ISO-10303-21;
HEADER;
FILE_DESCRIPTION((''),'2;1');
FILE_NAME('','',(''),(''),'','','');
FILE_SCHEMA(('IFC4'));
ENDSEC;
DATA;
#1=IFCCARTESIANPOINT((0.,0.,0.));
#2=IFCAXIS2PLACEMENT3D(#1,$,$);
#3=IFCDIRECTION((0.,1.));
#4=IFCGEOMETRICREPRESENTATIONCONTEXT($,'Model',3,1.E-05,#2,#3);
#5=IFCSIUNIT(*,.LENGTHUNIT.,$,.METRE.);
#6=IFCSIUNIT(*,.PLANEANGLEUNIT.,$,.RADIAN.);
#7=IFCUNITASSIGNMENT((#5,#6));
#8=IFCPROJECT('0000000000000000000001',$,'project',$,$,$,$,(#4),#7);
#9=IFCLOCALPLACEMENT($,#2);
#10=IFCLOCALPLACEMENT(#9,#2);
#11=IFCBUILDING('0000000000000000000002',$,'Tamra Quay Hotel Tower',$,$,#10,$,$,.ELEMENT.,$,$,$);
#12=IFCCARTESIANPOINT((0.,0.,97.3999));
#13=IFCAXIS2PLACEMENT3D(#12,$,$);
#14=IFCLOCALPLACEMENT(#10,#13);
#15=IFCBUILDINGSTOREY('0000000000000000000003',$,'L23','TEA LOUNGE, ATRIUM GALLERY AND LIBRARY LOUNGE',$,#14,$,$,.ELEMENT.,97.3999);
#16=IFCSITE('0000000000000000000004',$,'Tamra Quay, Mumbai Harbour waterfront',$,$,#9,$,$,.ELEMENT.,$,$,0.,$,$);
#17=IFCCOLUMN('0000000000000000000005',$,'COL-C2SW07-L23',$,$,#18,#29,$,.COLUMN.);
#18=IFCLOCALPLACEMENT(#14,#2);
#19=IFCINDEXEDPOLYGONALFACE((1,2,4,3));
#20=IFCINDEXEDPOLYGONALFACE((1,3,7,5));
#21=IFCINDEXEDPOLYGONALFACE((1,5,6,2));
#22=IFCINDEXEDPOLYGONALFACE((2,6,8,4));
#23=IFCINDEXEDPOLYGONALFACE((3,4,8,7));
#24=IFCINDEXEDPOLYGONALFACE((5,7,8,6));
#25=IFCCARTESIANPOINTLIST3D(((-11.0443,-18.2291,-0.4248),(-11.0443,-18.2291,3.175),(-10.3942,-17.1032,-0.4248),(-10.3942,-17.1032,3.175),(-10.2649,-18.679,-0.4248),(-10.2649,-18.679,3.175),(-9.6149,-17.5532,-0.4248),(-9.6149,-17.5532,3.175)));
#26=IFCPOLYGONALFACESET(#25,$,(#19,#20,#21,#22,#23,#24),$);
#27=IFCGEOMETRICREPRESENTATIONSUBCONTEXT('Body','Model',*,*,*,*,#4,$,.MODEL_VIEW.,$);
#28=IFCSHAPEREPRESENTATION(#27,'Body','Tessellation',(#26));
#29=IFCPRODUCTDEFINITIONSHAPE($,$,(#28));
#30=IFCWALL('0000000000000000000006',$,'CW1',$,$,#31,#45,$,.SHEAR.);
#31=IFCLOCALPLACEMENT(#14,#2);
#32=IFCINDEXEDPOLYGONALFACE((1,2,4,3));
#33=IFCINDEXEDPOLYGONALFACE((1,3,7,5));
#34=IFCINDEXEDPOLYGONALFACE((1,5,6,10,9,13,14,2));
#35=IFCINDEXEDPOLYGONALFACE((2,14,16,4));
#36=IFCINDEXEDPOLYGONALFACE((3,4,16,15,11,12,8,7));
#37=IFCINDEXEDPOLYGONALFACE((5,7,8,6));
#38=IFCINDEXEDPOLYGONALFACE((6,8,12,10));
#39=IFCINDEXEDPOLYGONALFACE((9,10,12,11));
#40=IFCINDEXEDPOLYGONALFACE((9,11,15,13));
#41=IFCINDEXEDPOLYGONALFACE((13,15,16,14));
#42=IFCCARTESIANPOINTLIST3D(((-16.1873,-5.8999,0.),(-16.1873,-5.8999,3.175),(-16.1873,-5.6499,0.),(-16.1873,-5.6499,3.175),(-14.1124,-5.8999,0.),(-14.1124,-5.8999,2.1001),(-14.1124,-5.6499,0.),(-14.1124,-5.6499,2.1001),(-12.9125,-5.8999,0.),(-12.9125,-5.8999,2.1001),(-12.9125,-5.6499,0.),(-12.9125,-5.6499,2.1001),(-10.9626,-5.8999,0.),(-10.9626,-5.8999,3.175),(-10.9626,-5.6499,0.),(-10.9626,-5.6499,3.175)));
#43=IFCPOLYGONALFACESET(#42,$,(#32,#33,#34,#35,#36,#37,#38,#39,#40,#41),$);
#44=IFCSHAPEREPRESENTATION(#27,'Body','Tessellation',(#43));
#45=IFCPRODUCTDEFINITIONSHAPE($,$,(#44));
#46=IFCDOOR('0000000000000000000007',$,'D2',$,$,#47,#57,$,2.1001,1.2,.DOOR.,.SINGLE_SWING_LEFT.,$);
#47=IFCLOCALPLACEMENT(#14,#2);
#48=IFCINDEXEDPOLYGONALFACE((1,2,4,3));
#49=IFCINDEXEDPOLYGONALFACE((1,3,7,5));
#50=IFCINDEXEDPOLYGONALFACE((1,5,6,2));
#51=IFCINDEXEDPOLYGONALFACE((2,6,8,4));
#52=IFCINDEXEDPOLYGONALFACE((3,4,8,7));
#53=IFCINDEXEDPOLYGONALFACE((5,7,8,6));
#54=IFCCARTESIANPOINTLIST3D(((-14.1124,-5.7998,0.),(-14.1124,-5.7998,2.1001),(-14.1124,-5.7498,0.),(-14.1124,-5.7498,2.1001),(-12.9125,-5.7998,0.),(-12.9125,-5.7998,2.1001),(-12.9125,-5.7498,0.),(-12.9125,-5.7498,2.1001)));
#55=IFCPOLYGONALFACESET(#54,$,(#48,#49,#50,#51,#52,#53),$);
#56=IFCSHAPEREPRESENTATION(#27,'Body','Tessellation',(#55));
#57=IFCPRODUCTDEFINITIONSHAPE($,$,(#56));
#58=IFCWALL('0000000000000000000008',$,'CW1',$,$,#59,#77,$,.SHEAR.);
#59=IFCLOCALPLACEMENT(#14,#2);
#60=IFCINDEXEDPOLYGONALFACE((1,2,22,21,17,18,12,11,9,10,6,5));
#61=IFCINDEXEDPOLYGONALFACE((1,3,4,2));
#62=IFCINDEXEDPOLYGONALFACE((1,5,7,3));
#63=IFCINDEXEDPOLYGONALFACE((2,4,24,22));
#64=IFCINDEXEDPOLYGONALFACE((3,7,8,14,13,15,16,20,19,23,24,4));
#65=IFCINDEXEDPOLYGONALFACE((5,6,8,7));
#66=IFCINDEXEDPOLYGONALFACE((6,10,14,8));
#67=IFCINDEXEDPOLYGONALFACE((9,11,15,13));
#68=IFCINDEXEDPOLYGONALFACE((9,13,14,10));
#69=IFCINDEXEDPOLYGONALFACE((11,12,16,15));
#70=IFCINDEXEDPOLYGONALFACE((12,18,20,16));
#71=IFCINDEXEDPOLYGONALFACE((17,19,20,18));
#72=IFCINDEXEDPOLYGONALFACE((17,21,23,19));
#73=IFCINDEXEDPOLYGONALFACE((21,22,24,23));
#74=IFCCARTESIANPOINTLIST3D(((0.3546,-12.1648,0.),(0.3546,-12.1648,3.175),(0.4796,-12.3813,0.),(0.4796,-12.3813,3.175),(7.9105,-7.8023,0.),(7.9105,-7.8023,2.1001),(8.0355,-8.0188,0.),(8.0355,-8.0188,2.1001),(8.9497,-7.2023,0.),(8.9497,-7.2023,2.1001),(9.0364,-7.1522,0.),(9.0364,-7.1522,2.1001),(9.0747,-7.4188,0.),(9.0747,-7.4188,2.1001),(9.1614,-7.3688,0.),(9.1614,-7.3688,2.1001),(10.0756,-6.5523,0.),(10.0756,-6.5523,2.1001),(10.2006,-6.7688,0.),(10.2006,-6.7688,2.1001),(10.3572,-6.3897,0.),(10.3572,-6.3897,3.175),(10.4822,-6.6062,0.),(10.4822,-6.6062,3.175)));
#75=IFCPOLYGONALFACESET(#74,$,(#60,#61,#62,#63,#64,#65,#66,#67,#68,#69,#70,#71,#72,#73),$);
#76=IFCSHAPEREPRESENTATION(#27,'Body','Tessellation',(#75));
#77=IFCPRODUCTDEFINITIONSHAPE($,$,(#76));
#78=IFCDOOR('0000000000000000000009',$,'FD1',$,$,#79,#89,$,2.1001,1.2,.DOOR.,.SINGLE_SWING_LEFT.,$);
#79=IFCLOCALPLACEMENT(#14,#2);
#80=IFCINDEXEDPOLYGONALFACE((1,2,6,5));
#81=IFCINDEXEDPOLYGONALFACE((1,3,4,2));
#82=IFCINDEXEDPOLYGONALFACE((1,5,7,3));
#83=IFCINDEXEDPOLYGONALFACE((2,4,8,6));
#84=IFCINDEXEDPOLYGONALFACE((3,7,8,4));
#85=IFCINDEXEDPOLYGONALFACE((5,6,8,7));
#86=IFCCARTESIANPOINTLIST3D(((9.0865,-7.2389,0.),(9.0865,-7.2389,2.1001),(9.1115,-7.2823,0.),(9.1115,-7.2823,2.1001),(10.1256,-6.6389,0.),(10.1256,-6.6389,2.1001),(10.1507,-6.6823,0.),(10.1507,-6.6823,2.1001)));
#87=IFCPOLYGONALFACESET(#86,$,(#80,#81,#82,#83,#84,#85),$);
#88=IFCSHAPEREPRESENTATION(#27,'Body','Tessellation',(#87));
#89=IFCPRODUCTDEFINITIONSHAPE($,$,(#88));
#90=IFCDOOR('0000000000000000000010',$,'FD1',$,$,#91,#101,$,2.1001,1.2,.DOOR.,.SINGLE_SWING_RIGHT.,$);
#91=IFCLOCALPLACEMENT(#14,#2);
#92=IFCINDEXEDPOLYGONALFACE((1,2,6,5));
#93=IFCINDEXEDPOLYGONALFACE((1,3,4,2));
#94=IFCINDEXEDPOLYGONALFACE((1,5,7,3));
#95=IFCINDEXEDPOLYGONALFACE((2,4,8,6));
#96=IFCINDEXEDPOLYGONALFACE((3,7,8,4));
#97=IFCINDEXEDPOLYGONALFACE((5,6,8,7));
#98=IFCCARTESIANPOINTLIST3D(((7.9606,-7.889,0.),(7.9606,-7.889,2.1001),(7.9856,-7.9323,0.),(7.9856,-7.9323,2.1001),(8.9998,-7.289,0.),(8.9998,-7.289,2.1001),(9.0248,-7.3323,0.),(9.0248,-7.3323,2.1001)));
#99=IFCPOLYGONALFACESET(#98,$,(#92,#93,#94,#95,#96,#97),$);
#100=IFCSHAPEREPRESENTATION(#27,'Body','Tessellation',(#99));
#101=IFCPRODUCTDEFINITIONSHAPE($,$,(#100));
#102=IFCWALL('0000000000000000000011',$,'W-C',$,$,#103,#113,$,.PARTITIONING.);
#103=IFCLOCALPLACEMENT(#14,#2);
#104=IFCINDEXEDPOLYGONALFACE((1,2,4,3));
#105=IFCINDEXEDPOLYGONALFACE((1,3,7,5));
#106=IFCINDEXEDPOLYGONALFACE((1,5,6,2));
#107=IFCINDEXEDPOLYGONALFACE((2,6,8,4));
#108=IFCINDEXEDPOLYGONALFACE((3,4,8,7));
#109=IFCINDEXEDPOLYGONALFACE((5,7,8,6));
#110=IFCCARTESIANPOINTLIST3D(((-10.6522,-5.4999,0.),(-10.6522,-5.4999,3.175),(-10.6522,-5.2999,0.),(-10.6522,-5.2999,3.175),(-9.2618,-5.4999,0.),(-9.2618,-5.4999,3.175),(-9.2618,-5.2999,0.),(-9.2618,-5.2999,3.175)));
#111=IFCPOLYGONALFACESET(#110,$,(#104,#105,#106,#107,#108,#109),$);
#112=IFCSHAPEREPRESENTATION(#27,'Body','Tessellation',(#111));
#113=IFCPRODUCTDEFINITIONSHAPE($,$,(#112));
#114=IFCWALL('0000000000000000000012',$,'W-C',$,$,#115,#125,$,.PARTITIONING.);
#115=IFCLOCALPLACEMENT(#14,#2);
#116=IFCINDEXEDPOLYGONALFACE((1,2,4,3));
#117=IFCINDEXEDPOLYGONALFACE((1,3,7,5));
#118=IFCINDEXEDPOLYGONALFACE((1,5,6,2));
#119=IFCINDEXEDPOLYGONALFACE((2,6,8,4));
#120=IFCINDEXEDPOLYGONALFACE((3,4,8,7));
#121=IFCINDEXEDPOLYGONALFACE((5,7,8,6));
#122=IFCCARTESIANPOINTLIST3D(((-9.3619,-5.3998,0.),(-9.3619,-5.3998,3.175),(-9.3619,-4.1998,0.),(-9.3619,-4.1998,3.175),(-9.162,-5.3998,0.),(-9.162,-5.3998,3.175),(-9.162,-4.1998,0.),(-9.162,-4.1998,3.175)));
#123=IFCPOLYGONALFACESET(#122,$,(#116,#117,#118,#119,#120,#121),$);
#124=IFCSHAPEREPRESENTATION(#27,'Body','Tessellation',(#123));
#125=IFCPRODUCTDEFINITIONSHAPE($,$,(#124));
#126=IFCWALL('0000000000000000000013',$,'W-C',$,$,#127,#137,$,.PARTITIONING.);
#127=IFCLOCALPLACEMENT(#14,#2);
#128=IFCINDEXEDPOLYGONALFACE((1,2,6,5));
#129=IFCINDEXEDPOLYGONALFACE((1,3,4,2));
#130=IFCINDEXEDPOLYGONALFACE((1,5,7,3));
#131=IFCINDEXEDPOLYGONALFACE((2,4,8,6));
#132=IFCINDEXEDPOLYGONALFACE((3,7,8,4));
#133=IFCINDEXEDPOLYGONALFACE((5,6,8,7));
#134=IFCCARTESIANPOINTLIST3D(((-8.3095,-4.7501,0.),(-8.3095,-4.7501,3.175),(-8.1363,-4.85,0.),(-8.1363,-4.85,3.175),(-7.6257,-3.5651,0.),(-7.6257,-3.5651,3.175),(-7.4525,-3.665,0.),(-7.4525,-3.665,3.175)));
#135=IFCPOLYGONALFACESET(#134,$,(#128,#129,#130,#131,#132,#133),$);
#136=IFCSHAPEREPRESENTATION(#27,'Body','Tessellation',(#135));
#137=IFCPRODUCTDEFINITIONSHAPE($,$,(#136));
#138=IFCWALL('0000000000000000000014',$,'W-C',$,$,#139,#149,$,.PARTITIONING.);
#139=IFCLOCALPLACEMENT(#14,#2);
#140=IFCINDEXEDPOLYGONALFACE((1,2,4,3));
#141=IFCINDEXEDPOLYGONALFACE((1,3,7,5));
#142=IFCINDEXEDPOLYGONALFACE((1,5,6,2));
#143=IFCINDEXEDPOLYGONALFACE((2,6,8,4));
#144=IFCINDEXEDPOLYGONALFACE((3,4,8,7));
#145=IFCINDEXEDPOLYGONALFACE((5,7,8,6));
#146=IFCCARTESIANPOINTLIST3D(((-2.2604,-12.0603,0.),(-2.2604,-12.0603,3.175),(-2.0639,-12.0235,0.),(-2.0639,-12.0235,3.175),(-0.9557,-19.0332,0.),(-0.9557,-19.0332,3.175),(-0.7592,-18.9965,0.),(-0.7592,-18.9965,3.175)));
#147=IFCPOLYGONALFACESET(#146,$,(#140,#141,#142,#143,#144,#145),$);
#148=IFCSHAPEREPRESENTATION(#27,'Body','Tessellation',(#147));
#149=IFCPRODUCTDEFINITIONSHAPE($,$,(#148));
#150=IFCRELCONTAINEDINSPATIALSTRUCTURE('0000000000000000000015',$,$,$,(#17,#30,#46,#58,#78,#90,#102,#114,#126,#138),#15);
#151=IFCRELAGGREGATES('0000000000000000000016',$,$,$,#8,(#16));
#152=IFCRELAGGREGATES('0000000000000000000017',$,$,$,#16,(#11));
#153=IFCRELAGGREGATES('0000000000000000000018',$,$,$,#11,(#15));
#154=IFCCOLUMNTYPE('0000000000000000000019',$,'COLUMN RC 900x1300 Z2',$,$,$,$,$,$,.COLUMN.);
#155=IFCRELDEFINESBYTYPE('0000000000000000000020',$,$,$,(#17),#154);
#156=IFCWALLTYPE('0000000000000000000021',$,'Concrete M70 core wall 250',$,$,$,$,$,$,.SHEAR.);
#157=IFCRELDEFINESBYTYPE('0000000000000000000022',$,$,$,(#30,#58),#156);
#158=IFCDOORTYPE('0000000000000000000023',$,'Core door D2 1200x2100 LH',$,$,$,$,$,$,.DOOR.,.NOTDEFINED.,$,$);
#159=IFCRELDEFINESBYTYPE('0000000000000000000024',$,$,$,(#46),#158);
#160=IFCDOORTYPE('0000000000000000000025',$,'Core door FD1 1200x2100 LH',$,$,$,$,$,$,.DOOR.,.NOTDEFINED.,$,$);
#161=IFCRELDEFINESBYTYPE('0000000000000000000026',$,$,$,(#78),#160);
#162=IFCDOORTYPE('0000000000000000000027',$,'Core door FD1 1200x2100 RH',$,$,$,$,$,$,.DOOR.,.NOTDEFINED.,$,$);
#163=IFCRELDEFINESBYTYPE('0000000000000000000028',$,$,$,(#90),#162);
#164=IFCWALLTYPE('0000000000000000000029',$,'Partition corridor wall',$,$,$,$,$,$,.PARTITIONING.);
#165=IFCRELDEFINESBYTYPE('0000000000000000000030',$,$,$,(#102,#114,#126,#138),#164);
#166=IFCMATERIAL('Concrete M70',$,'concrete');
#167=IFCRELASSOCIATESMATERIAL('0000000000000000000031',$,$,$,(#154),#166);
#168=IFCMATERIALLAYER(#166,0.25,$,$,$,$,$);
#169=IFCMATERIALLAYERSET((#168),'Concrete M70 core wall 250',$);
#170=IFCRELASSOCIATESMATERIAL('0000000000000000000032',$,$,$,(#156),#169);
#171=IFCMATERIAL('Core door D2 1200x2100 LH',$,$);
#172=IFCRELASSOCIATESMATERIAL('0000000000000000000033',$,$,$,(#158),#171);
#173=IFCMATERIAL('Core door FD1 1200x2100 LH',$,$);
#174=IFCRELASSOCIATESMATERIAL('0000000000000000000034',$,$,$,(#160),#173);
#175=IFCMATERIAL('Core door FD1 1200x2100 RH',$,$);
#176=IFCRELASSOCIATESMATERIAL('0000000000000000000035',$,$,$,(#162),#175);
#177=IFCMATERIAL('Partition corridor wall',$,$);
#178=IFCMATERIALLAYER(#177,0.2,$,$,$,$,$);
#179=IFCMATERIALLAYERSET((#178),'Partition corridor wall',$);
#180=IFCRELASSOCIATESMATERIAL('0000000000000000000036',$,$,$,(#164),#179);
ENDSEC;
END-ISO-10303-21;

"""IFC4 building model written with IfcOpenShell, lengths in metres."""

from ifc_helpers import new_model, si_unit, direction, frame, frame_2d, origin, origin_2d, place, context, subcontext, project, spatial, rectangle, extrude, material, layer, layer_set, material_profile, profile_set, type_object, element, fill, save


model = new_model("IFC4")

# Units and contexts
model_context = context("Model", 3, precision=1e-05, world=origin(), true_north=direction((0.0, 1.0)))
body_context = subcontext(model_context, "Body", "Model", "MODEL_VIEW")
ifc_project = project(units=[si_unit("LENGTHUNIT", "METRE"), si_unit("PLANEANGLEUNIT", "RADIAN")], contexts=[model_context])

# Site, building, storey
site_placement = place(None, origin())
site = spatial("IfcSite", under=ifc_project, at=site_placement, Name="Tamra Quay, Mumbai Harbour waterfront", CompositionType="ELEMENT", RefElevation=0.0)
building_placement = place(site_placement, origin())
building = spatial("IfcBuilding", under=site, at=building_placement, Name="Tamra Quay Hotel Tower", CompositionType="ELEMENT")
storey_placement = place(building_placement, frame((0.0, 0.0, 97.3999)))
storey = spatial("IfcBuildingStorey", under=building, at=storey_placement, Name="L23", Description="TEA LOUNGE, ATRIUM GALLERY AND LIBRARY LOUNGE", CompositionType="ELEMENT", Elevation=97.3999)

# Column
ifc_material_1 = material(Name="Concrete M70", Category="concrete")
ifc_material_profile = material_profile(ifc_material_1, rectangle(XDim=1.3, YDim=0.8999, at=origin_2d()), Name="COLUMN RC 900x1300 Z2")
ifc_profile_set = profile_set([ifc_material_profile], Name="Concrete M70")
column_type = type_object("IfcColumnType", Name="COLUMN RC 900x1300 Z2", PredefinedType="COLUMN", material=ifc_profile_set)
column_placement = place(storey_placement, frame((-10.3296, -17.8911, -0.4248), z_axis=(0.0, 0.0, 1.0), x_axis=(0.5, 0.866025, 0.0)))
element("IfcColumn", 1, at=column_placement, inside=storey, type_object=column_type, Name="COL-C2SW07-L23", PredefinedType="COLUMN", context=body_context, shape_type="SweptSolid", body=[
    extrude(rectangle(XDim=1.3, YDim=0.8999, at=origin_2d()), origin(), (0.0, 0.0, 1.0), 3.5999),
])

# Wall, opening, door
ifc_layer_1 = layer(ifc_material_1, 0.25)
ifc_layer_set_1 = layer_set([ifc_layer_1], Name="Concrete M70 core wall 250")
wall_type_1 = type_object("IfcWallType", Name="Concrete M70 core wall 250", PredefinedType="SHEAR", material=ifc_layer_set_1)
wall_1_placement = place(storey_placement, frame((-10.9626, -5.7749, 0.0), z_axis=(0.0, 0.0, 1.0), x_axis=(-1.0, 0.0, 0.0)))
wall_1 = element("IfcWall", 2, at=wall_1_placement, inside=storey, type_object=wall_type_1, Name="CW1", PredefinedType="SHEAR", context=body_context, shape_type="SweptSolid", body=[
    extrude(rectangle(XDim=5.2246, YDim=0.25, at=frame_2d((2.6123, 0.0))), origin(), (0.0, 0.0, 1.0), 3.175),
])
opening_1_placement = place(wall_1_placement, frame((1.9497, 0.0, 0.0)))
opening_1 = element("IfcOpeningElement", 3, at=opening_1_placement, cuts=wall_1, PredefinedType="OPENING", context=body_context, shape_type="SweptSolid", body=[
    extrude(rectangle(XDim=1.2, YDim=2.1001, at=frame_2d((0.6001, 1.05))), frame((0.0, 0.135, 0.0), z_axis=(0.0, -1.0, 0.0), x_axis=(1.0, 0.0, 0.0)), (0.0, 0.0, 1.0), 0.27),
])
ifc_material_2 = material(Name="Core door D2 1200x2100 LH")
door_type_1 = type_object("IfcDoorType", Name="Core door D2 1200x2100 LH", OperationType="NOTDEFINED", PredefinedType="DOOR", material=ifc_material_2)
door_1_placement = place(opening_1_placement, origin())
door_1 = element("IfcDoor", 4, at=door_1_placement, inside=storey, type_object=door_type_1, Name="D2", OperationType="SINGLE_SWING_LEFT", OverallHeight=2.1001, OverallWidth=1.2, PredefinedType="DOOR", context=body_context, shape_type="SweptSolid", body=[
    extrude(rectangle(XDim=1.2, YDim=2.1001, at=frame_2d((0.6001, 1.05))), frame((0.0, 0.0249, 0.0), z_axis=(0.0, -1.0, 0.0), x_axis=(1.0, 0.0, 0.0)), (0.0, 0.0, 1.0), 0.05),
])
fill(opening_1, door_1)

# Wall, openings, doors
wall_2_placement = place(storey_placement, frame((0.4172, -12.2729, 0.0), z_axis=(0.0, 0.0, 1.0), x_axis=(0.866022, 0.500006, 0.0)))
wall_2 = element("IfcWall", 5, at=wall_2_placement, inside=storey, type_object=wall_type_1, Name="CW1", PredefinedType="SHEAR", context=body_context, shape_type="SweptSolid", body=[
    extrude(rectangle(XDim=11.55, YDim=0.25, at=frame_2d((5.7749, 0.0))), origin(), (0.0, 0.0, 1.0), 3.175),
])
opening_2_placement = place(wall_2_placement, frame((10.0247, 0.0, 0.0)))
opening_2 = element("IfcOpeningElement", 6, at=opening_2_placement, cuts=wall_2, PredefinedType="OPENING", context=body_context, shape_type="SweptSolid", body=[
    extrude(rectangle(XDim=1.2, YDim=2.1001, at=frame_2d((0.6001, 1.05))), frame((0.0, 0.135, 0.0), z_axis=(0.0, -1.0, 0.0), x_axis=(1.0, 0.0, 0.0)), (0.0, 0.0, 1.0), 0.27),
])
opening_3_placement = place(wall_2_placement, frame((8.7246, 0.0, 0.0)))
opening_3 = element("IfcOpeningElement", 7, at=opening_3_placement, cuts=wall_2, PredefinedType="OPENING", context=body_context, shape_type="SweptSolid", body=[
    extrude(rectangle(XDim=1.2, YDim=2.1001, at=frame_2d((0.6001, 1.05))), frame((0.0, 0.135, 0.0), z_axis=(0.0, -1.0, 0.0), x_axis=(1.0, 0.0, 0.0)), (0.0, 0.0, 1.0), 0.27),
])
ifc_material_3 = material(Name="Core door FD1 1200x2100 LH")
door_type_2 = type_object("IfcDoorType", Name="Core door FD1 1200x2100 LH", OperationType="NOTDEFINED", PredefinedType="DOOR", material=ifc_material_3)
door_2_placement = place(opening_2_placement, origin())
door_2 = element("IfcDoor", 8, at=door_2_placement, inside=storey, type_object=door_type_2, Name="FD1", OperationType="SINGLE_SWING_LEFT", OverallHeight=2.1001, OverallWidth=1.2, PredefinedType="DOOR", context=body_context, shape_type="SweptSolid", body=[
    extrude(rectangle(XDim=1.2, YDim=2.1001, at=frame_2d((0.6001, 1.05))), frame((0.0, 0.0249, 0.0), z_axis=(0.0, -1.0, 0.0), x_axis=(1.0, 0.0, 0.0)), (0.0, 0.0, 1.0), 0.05),
])
fill(opening_2, door_2)
ifc_material_4 = material(Name="Core door FD1 1200x2100 RH")
door_type_3 = type_object("IfcDoorType", Name="Core door FD1 1200x2100 RH", OperationType="NOTDEFINED", PredefinedType="DOOR", material=ifc_material_4)
door_3_placement = place(opening_3_placement, origin())
door_3 = element("IfcDoor", 9, at=door_3_placement, inside=storey, type_object=door_type_3, Name="FD1", OperationType="SINGLE_SWING_RIGHT", OverallHeight=2.1001, OverallWidth=1.2, PredefinedType="DOOR", context=body_context, shape_type="SweptSolid", body=[
    extrude(rectangle(XDim=1.2, YDim=2.1001, at=frame_2d((0.6001, 1.05))), frame((0.0, 0.0249, 0.0), z_axis=(0.0, -1.0, 0.0), x_axis=(1.0, 0.0, 0.0)), (0.0, 0.0, 1.0), 0.05),
])
fill(opening_3, door_3)

# Walls
ifc_material_5 = material(Name="Partition corridor wall")
ifc_layer_2 = layer(ifc_material_5, 0.2)
ifc_layer_set_2 = layer_set([ifc_layer_2], Name="Partition corridor wall")
wall_type_2 = type_object("IfcWallType", Name="Partition corridor wall", PredefinedType="PARTITIONING", material=ifc_layer_set_2)
wall_3_placement = place(storey_placement, frame((-10.6523, -5.3999, 0.0), z_axis=(0.0, 0.0, 1.0), x_axis=(1.0, 0.0, 0.0)))
element("IfcWall", 10, at=wall_3_placement, inside=storey, type_object=wall_type_2, Name="W-C", PredefinedType="PARTITIONING", context=body_context, shape_type="SweptSolid", body=[
    extrude(rectangle(XDim=1.3904, YDim=0.2, at=frame_2d((0.6953, 0.0))), origin(), (0.0, 0.0, 1.0), 3.175),
])
wall_4_placement = place(storey_placement, frame((-9.262, -5.3999, 0.0), z_axis=(0.0, 0.0, 1.0), x_axis=(0.0, 1.0, 0.0)))
element("IfcWall", 11, at=wall_4_placement, inside=storey, type_object=wall_type_2, Name="W-C", PredefinedType="PARTITIONING", context=body_context, shape_type="SweptSolid", body=[
    extrude(rectangle(XDim=1.2, YDim=0.2, at=frame_2d((0.6001, 0.0))), origin(), (0.0, 0.0, 1.0), 3.175),
])
wall_5_placement = place(storey_placement, frame((-8.2229, -4.8, 0.0), z_axis=(0.0, 0.0, 1.0), x_axis=(0.499805, 0.866138, 0.0)))
element("IfcWall", 12, at=wall_5_placement, inside=storey, type_object=wall_type_2, Name="W-C", PredefinedType="PARTITIONING", context=body_context, shape_type="SweptSolid", body=[
    extrude(rectangle(XDim=1.3682, YDim=0.2, at=frame_2d((0.6841, 0.0))), origin(), (0.0, 0.0, 1.0), 3.175),
])
wall_6_placement = place(storey_placement, frame((-2.1621, -12.042, 0.0), z_axis=(0.0, 0.0, 1.0), x_axis=(0.183917, -0.982942, 0.0)))
element("IfcWall", 13, at=wall_6_placement, inside=storey, type_object=wall_type_2, Name="W-C", PredefinedType="PARTITIONING", context=body_context, shape_type="SweptSolid", body=[
    extrude(rectangle(XDim=7.094, YDim=0.2, at=frame_2d((3.5469, 0.0))), origin(), (0.0, 0.0, 1.0), 3.175),
])

save(model, "model.ifc")
